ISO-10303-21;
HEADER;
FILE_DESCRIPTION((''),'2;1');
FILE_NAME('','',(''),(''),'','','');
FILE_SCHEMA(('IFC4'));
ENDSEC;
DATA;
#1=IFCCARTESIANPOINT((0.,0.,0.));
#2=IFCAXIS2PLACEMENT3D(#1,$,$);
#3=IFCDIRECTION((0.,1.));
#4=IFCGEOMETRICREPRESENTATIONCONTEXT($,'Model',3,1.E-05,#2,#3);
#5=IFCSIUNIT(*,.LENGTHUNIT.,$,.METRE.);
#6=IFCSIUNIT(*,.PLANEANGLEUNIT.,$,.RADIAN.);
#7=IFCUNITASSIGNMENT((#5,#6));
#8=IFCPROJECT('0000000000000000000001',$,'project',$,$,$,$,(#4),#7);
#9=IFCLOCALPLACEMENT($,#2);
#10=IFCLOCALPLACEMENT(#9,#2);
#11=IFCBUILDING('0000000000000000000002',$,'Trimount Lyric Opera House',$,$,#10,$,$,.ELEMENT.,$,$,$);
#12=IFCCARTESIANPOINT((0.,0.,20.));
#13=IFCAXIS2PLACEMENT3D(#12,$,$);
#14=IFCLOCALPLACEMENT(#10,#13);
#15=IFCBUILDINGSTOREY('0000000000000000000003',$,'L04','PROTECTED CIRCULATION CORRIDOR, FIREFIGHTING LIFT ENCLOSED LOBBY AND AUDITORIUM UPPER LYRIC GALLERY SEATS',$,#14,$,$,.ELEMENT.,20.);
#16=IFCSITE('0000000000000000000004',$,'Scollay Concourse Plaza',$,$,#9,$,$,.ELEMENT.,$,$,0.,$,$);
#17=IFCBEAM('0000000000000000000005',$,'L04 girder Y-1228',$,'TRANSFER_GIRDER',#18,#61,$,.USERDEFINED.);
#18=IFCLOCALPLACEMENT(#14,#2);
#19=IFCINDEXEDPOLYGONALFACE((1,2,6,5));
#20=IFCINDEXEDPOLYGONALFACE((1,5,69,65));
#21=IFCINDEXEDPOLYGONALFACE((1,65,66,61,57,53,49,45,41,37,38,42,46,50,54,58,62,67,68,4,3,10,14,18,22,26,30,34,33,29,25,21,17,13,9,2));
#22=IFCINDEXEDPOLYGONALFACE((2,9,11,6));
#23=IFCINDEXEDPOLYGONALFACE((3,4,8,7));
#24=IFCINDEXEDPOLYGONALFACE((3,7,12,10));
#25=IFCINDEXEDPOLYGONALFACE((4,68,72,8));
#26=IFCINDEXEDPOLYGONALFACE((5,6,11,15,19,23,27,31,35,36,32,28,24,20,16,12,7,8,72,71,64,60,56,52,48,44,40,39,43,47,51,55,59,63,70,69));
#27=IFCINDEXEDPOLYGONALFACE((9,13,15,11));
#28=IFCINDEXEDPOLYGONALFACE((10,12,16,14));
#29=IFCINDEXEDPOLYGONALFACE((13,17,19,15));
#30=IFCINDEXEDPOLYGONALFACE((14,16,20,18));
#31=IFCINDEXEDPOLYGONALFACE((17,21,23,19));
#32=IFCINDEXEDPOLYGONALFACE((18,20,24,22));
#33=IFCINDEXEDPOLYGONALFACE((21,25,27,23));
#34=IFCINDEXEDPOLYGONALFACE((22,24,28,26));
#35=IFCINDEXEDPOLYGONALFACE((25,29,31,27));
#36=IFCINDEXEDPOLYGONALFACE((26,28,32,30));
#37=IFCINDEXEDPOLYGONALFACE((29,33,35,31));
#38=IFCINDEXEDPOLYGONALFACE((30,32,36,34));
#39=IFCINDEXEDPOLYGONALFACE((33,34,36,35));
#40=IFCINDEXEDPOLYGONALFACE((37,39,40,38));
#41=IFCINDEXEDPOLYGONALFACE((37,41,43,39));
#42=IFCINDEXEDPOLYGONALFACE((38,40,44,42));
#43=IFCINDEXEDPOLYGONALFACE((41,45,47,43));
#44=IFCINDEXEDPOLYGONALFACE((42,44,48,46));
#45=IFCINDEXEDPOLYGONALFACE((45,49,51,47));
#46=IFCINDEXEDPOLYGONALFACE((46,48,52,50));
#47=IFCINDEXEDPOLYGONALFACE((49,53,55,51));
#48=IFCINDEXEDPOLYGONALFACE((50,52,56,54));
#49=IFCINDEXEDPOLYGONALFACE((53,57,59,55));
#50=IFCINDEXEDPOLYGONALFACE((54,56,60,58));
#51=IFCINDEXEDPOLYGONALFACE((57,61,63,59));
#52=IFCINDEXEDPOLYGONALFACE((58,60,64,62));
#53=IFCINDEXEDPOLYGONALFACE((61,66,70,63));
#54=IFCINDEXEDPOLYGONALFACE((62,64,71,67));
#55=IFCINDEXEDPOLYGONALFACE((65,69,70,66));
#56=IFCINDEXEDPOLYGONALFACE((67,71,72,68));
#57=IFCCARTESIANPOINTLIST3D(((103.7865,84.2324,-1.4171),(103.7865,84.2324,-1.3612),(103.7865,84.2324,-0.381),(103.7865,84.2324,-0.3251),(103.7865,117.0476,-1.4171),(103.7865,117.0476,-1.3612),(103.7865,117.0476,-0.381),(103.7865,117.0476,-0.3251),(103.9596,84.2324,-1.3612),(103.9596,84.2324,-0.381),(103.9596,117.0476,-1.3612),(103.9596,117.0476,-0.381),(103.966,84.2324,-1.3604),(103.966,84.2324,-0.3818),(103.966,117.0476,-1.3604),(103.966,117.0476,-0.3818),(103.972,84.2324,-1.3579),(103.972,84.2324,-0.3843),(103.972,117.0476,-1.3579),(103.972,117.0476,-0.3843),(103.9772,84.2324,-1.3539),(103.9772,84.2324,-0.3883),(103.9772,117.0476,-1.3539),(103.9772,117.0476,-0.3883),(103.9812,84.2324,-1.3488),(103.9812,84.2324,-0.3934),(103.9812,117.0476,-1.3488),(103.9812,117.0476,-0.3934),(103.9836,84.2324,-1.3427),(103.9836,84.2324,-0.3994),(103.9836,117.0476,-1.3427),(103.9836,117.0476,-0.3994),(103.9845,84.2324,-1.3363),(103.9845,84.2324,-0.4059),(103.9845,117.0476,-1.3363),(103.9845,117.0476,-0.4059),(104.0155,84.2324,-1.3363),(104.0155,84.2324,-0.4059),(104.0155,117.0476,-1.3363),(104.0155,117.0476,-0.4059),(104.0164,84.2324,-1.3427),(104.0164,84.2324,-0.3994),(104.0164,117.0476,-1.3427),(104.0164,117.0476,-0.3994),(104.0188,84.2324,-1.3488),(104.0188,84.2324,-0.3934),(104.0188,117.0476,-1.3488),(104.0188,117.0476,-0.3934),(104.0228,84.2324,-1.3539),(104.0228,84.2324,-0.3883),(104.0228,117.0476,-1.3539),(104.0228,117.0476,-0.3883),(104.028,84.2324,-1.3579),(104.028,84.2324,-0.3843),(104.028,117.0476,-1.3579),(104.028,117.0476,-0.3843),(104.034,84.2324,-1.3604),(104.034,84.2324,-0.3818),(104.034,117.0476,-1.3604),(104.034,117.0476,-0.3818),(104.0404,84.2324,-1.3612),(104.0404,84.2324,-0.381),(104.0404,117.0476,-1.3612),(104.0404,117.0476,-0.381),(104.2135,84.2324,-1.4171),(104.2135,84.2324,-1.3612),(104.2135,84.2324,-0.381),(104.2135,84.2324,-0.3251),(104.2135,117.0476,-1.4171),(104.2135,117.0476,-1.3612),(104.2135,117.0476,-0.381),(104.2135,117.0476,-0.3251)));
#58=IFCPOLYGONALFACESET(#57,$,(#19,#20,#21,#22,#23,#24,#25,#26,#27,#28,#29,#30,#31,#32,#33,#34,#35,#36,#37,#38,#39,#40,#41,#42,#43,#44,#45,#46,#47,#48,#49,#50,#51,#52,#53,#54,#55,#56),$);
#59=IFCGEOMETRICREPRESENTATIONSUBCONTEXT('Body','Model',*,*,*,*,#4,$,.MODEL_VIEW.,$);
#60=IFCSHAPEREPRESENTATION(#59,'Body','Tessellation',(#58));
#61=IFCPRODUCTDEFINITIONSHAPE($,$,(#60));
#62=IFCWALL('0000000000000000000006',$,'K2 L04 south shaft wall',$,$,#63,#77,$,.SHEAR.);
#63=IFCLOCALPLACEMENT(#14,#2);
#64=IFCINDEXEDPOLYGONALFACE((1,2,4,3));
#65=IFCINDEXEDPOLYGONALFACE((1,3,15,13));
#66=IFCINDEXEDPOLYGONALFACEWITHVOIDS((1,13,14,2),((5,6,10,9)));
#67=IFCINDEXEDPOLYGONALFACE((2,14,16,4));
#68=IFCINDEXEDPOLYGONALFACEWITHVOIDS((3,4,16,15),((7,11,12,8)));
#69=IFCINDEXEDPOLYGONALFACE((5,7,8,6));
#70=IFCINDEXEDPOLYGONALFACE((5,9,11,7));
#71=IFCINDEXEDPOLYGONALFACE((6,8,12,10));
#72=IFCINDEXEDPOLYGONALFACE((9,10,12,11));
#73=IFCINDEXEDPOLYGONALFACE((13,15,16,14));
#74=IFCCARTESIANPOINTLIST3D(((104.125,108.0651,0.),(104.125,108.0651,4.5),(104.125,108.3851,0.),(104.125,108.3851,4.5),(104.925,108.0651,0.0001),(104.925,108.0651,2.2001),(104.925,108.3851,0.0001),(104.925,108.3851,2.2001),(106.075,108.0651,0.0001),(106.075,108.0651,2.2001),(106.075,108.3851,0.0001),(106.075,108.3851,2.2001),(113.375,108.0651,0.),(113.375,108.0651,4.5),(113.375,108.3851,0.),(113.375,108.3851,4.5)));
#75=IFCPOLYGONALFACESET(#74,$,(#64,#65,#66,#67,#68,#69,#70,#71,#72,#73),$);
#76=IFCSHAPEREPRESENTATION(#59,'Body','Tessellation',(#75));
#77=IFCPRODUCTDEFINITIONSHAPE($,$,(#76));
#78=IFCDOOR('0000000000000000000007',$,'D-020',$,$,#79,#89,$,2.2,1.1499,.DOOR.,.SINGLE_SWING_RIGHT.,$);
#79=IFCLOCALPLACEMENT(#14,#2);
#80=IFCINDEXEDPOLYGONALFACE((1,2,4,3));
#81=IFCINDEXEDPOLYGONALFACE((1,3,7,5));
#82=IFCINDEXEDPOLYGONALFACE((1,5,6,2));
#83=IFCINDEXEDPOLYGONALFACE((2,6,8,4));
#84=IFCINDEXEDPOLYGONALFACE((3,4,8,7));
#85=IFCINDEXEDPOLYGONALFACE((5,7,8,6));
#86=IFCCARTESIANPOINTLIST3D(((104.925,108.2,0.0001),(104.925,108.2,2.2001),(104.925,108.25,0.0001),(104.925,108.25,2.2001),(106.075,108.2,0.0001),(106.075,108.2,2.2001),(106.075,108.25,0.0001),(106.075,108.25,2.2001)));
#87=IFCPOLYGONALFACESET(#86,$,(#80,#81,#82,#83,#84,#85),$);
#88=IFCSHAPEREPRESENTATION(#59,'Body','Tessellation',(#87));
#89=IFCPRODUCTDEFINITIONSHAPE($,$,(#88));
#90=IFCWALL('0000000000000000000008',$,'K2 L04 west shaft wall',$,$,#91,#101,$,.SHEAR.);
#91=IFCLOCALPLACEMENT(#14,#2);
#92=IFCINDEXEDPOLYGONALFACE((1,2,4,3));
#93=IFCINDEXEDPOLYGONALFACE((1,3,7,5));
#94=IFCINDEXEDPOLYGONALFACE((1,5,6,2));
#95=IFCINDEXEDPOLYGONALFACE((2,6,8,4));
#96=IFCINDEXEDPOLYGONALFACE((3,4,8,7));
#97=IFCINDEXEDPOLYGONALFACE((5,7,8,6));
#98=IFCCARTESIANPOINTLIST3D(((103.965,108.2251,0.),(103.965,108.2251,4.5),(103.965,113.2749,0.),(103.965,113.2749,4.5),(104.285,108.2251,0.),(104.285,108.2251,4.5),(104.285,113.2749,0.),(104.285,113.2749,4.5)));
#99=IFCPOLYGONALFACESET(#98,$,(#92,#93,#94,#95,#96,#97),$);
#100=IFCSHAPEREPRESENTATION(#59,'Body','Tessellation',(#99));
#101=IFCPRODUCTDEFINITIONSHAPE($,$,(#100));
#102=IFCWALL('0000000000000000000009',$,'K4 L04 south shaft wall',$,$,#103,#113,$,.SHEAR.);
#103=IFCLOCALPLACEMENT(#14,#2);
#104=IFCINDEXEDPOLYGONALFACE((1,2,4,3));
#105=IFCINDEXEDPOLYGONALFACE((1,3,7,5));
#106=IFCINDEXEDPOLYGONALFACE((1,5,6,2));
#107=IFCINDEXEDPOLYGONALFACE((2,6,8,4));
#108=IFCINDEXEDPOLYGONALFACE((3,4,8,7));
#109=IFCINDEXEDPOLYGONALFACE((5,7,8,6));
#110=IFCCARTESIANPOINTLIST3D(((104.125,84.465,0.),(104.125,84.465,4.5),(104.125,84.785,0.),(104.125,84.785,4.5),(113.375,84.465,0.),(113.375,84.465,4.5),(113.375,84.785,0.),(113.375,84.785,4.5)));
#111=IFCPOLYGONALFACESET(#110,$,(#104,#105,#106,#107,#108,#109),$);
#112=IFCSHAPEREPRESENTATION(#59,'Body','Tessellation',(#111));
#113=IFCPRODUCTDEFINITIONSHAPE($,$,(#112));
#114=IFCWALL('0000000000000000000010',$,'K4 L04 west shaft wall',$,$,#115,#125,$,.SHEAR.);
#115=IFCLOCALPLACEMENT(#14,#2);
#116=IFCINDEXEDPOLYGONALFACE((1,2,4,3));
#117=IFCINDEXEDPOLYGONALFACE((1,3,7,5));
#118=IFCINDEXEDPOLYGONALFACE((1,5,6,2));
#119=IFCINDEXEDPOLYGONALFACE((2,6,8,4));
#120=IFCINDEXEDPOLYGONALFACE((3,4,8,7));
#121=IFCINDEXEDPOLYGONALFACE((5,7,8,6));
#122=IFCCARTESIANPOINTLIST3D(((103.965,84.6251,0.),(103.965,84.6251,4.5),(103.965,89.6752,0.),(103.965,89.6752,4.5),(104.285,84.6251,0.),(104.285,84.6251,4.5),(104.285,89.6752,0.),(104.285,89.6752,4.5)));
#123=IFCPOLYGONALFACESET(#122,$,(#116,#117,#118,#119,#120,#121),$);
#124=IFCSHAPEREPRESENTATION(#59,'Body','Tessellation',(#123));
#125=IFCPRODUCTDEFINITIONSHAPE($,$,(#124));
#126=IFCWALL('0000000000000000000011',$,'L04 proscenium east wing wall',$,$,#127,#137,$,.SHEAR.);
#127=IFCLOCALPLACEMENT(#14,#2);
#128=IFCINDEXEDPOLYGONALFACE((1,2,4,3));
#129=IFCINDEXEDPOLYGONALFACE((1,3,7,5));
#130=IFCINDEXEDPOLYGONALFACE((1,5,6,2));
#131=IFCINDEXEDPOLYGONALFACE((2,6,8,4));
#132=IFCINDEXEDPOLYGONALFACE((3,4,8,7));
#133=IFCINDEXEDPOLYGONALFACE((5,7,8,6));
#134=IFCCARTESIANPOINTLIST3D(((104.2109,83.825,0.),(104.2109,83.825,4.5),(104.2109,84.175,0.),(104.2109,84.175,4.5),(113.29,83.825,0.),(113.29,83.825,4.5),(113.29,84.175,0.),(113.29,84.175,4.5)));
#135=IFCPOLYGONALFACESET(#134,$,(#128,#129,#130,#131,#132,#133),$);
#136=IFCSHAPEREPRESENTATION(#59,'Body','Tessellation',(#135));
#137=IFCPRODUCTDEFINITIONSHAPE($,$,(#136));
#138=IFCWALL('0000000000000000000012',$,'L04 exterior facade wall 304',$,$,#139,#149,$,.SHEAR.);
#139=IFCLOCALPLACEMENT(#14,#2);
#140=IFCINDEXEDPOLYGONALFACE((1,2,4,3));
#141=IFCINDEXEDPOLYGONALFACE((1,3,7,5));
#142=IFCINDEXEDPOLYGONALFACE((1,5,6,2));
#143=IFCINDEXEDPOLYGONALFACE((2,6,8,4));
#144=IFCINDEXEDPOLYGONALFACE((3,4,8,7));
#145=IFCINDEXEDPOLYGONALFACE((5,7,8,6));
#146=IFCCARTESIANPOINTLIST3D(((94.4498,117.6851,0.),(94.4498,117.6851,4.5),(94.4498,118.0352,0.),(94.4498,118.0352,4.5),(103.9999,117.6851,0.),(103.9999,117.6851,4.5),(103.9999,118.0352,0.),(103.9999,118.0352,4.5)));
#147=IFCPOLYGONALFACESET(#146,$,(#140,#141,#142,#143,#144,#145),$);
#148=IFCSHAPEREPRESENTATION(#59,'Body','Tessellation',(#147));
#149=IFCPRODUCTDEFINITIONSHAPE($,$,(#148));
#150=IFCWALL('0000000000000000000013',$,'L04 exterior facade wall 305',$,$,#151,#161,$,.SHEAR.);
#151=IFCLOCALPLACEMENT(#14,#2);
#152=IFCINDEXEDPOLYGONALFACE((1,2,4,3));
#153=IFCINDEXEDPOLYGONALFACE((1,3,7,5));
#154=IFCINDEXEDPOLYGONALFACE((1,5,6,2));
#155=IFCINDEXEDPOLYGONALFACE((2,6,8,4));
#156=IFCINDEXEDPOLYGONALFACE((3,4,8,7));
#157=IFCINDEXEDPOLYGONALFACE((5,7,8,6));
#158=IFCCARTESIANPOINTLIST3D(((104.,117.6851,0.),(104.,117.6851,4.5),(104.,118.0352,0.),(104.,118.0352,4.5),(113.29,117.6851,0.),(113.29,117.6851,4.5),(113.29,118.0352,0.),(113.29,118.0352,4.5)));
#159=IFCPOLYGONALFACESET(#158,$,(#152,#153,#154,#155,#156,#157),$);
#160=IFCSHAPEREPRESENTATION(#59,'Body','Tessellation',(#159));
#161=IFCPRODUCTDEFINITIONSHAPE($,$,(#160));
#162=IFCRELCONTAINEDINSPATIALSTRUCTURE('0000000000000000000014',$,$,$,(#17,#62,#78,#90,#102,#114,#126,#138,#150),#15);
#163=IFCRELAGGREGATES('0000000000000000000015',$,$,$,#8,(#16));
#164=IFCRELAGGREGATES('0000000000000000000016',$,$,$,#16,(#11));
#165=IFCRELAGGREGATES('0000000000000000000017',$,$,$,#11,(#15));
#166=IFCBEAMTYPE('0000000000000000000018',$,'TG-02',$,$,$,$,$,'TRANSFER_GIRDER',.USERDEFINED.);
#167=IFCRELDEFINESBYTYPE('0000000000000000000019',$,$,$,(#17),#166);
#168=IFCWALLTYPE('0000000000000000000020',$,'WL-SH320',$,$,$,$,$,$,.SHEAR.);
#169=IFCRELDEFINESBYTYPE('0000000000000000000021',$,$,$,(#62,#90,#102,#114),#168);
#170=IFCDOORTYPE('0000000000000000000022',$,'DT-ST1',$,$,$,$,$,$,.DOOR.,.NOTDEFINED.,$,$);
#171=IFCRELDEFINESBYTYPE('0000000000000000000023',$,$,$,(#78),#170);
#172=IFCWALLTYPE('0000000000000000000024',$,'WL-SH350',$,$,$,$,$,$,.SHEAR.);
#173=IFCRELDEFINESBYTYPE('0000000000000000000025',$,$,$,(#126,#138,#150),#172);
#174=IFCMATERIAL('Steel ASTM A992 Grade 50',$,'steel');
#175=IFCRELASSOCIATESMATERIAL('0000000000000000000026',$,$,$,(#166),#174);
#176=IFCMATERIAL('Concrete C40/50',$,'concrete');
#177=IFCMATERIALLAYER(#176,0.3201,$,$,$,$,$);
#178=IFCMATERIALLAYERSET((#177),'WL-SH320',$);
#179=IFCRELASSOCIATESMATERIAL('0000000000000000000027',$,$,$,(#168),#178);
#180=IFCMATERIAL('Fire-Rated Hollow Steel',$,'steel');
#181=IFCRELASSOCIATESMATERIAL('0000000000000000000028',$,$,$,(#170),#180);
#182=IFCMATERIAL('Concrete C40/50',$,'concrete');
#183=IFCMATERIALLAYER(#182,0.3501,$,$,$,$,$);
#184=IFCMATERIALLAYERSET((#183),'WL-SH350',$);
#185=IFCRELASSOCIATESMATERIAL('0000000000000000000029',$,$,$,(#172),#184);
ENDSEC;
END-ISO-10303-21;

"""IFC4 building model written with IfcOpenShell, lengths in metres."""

from ifc_helpers import new_model, si_unit, direction, frame, frame_2d, origin, origin_2d, place, context, subcontext, project, spatial, rectangle, i_section, extrude, material, layer, layer_set, material_profile, profile_set, type_object, element, fill, save


model = new_model("IFC4")

# Units and contexts
model_context = context("Model", 3, precision=1e-05, world=origin(), true_north=direction((0.0, 1.0)))
body_context = subcontext(model_context, "Body", "Model", "MODEL_VIEW")
ifc_project = project(units=[si_unit("LENGTHUNIT", "METRE"), si_unit("PLANEANGLEUNIT", "RADIAN")], contexts=[model_context])

# Site, building, storey
site_placement = place(None, origin())
site = spatial("IfcSite", under=ifc_project, at=site_placement, Name="Scollay Concourse Plaza", CompositionType="ELEMENT", RefElevation=0.0)
building_placement = place(site_placement, origin())
building = spatial("IfcBuilding", under=site, at=building_placement, Name="Trimount Lyric Opera House", CompositionType="ELEMENT")
storey_placement = place(building_placement, frame((0.0, 0.0, 20.0)))
storey = spatial("IfcBuildingStorey", under=building, at=storey_placement, Name="L04", Description="PROTECTED CIRCULATION CORRIDOR, FIREFIGHTING LIFT ENCLOSED LOBBY AND AUDITORIUM UPPER LYRIC GALLERY SEATS", CompositionType="ELEMENT", Elevation=20.0)

# Beam
ifc_material_1 = material(Name="Steel ASTM A992 Grade 50", Category="steel")
ifc_material_profile_1 = material_profile(ifc_material_1, i_section(OverallWidth=0.427, OverallDepth=1.092, WebThickness=0.031, FlangeThickness=0.0559, FilletRadius=0.0249, at=origin_2d()), Name="W40X397")
ifc_profile_set_1 = profile_set([ifc_material_profile_1], Name="Steel ASTM A992 Grade 50")
beam_type_1 = type_object("IfcBeamType", Name="TG-02", ElementType="TRANSFER_GIRDER", PredefinedType="USERDEFINED", material=ifc_profile_set_1)
beam_1_placement = place(storey_placement, frame((104.0, 84.2324, -0.8711), z_axis=(0.0, 1.0, 0.0), x_axis=(-1.0, 0.0, 0.0)))
element("IfcBeam", 1, at=beam_1_placement, inside=storey, type_object=beam_type_1, Name="L04 girder Y-1228", ObjectType="TRANSFER_GIRDER", PredefinedType="USERDEFINED", context=body_context, shape_type="SweptSolid", body=[
    extrude(i_section(OverallWidth=0.427, OverallDepth=1.092, WebThickness=0.031, FlangeThickness=0.0559, FilletRadius=0.0249, at=origin_2d()), origin(), (0.0, 0.0, 1.0), 32.8152),
])

# Wall, opening, door
ifc_material_2 = material(Name="Concrete C40/50", Category="concrete")
ifc_layer_1 = layer(ifc_material_2, 0.3201)
ifc_layer_set_1 = layer_set([ifc_layer_1], Name="WL-SH320")
wall_type_1 = type_object("IfcWallType", Name="WL-SH320", PredefinedType="SHEAR", material=ifc_layer_set_1)
wall_1_placement = place(storey_placement, frame((104.125, 108.2251, 0.0), z_axis=(0.0, 0.0, 1.0), x_axis=(1.0, 0.0, 0.0)))
wall_1 = element("IfcWall", 2, at=wall_1_placement, inside=storey, type_object=wall_type_1, Name="K2 L04 south shaft wall", PredefinedType="SHEAR", context=body_context, shape_type="SweptSolid", body=[
    extrude(rectangle(XDim=9.25, YDim=0.3201, at=frame_2d((4.625, 0.0))), origin(), (0.0, 0.0, 1.0), 4.5),
])
opening_placement = place(wall_1_placement, frame((0.8, 0.0, 0.0)))
opening = element("IfcOpeningElement", 3, at=opening_placement, cuts=wall_1, PredefinedType="OPENING", context=body_context, shape_type="SweptSolid", body=[
    extrude(rectangle(XDim=1.1499, YDim=2.2, at=frame_2d((0.575, 1.1001))), frame((0.0, 0.1699, 0.0), z_axis=(0.0, -1.0, 0.0), x_axis=(1.0, 0.0, 0.0)), (0.0, 0.0, 1.0), 0.3401),
])
ifc_material_3 = material(Name="Fire-Rated Hollow Steel", Category="steel")
door_type = type_object("IfcDoorType", Name="DT-ST1", OperationType="NOTDEFINED", PredefinedType="DOOR", material=ifc_material_3)
door_placement = place(opening_placement, origin())
door = element("IfcDoor", 4, at=door_placement, inside=storey, type_object=door_type, Name="D-020", OperationType="SINGLE_SWING_RIGHT", OverallHeight=2.2, OverallWidth=1.1499, PredefinedType="DOOR", context=body_context, shape_type="SweptSolid", body=[
    extrude(rectangle(XDim=1.1499, YDim=2.2, at=frame_2d((0.575, 1.1001))), frame((0.0, 0.0249, 0.0), z_axis=(0.0, -1.0, 0.0), x_axis=(1.0, 0.0, 0.0)), (0.0, 0.0, 1.0), 0.05),
])
fill(opening, door)

# Walls
wall_2_placement = place(storey_placement, frame((104.125, 113.2749, 0.0), z_axis=(0.0, 0.0, 1.0), x_axis=(0.0, -1.0, 0.0)))
element("IfcWall", 5, at=wall_2_placement, inside=storey, type_object=wall_type_1, Name="K2 L04 west shaft wall", PredefinedType="SHEAR", context=body_context, shape_type="SweptSolid", body=[
    extrude(rectangle(XDim=5.0498, YDim=0.3201, at=frame_2d((2.5249, 0.0))), origin(), (0.0, 0.0, 1.0), 4.5),
])
wall_3_placement = place(storey_placement, frame((104.125, 84.625, 0.0), z_axis=(0.0, 0.0, 1.0), x_axis=(1.0, 0.0, 0.0)))
element("IfcWall", 6, at=wall_3_placement, inside=storey, type_object=wall_type_1, Name="K4 L04 south shaft wall", PredefinedType="SHEAR", context=body_context, shape_type="SweptSolid", body=[
    extrude(rectangle(XDim=9.25, YDim=0.3201, at=frame_2d((4.625, 0.0))), origin(), (0.0, 0.0, 1.0), 4.5),
])
wall_4_placement = place(storey_placement, frame((104.125, 89.675, 0.0), z_axis=(0.0, 0.0, 1.0), x_axis=(0.0, -1.0, 0.0)))
element("IfcWall", 7, at=wall_4_placement, inside=storey, type_object=wall_type_1, Name="K4 L04 west shaft wall", PredefinedType="SHEAR", context=body_context, shape_type="SweptSolid", body=[
    extrude(rectangle(XDim=5.05, YDim=0.3201, at=frame_2d((2.5249, 0.0))), origin(), (0.0, 0.0, 1.0), 4.5),
])
ifc_material_4 = material(Name="Concrete C40/50", Category="concrete")
ifc_layer_2 = layer(ifc_material_4, 0.3501)
ifc_layer_set_2 = layer_set([ifc_layer_2], Name="WL-SH350")
wall_type_2 = type_object("IfcWallType", Name="WL-SH350", PredefinedType="SHEAR", material=ifc_layer_set_2)
wall_5_placement = place(storey_placement, frame((104.2109, 84.0, 0.0), z_axis=(0.0, 0.0, 1.0), x_axis=(1.0, 0.0, 0.0)))
element("IfcWall", 8, at=wall_5_placement, inside=storey, type_object=wall_type_2, Name="L04 proscenium east wing wall", PredefinedType="SHEAR", context=body_context, shape_type="SweptSolid", body=[
    extrude(rectangle(XDim=9.0791, YDim=0.3501, at=frame_2d((4.5396, 0.0))), origin(), (0.0, 0.0, 1.0), 4.5),
])
wall_6_placement = place(storey_placement, frame((94.45, 117.8601, 0.0), z_axis=(0.0, 0.0, 1.0), x_axis=(1.0, 0.0, 0.0)))
element("IfcWall", 9, at=wall_6_placement, inside=storey, type_object=wall_type_2, Name="L04 exterior facade wall 304", PredefinedType="SHEAR", context=body_context, shape_type="SweptSolid", body=[
    extrude(rectangle(XDim=9.55, YDim=0.3501, at=frame_2d((4.7749, 0.0))), origin(), (0.0, 0.0, 1.0), 4.5),
])
wall_7_placement = place(storey_placement, frame((104.0, 117.8601, 0.0), z_axis=(0.0, 0.0, 1.0), x_axis=(1.0, 0.0, 0.0)))
element("IfcWall", 10, at=wall_7_placement, inside=storey, type_object=wall_type_2, Name="L04 exterior facade wall 305", PredefinedType="SHEAR", context=body_context, shape_type="SweptSolid", body=[
    extrude(rectangle(XDim=9.29, YDim=0.3501, at=frame_2d((4.645, 0.0))), origin(), (0.0, 0.0, 1.0), 4.5),
])

save(model, "model.ifc")
